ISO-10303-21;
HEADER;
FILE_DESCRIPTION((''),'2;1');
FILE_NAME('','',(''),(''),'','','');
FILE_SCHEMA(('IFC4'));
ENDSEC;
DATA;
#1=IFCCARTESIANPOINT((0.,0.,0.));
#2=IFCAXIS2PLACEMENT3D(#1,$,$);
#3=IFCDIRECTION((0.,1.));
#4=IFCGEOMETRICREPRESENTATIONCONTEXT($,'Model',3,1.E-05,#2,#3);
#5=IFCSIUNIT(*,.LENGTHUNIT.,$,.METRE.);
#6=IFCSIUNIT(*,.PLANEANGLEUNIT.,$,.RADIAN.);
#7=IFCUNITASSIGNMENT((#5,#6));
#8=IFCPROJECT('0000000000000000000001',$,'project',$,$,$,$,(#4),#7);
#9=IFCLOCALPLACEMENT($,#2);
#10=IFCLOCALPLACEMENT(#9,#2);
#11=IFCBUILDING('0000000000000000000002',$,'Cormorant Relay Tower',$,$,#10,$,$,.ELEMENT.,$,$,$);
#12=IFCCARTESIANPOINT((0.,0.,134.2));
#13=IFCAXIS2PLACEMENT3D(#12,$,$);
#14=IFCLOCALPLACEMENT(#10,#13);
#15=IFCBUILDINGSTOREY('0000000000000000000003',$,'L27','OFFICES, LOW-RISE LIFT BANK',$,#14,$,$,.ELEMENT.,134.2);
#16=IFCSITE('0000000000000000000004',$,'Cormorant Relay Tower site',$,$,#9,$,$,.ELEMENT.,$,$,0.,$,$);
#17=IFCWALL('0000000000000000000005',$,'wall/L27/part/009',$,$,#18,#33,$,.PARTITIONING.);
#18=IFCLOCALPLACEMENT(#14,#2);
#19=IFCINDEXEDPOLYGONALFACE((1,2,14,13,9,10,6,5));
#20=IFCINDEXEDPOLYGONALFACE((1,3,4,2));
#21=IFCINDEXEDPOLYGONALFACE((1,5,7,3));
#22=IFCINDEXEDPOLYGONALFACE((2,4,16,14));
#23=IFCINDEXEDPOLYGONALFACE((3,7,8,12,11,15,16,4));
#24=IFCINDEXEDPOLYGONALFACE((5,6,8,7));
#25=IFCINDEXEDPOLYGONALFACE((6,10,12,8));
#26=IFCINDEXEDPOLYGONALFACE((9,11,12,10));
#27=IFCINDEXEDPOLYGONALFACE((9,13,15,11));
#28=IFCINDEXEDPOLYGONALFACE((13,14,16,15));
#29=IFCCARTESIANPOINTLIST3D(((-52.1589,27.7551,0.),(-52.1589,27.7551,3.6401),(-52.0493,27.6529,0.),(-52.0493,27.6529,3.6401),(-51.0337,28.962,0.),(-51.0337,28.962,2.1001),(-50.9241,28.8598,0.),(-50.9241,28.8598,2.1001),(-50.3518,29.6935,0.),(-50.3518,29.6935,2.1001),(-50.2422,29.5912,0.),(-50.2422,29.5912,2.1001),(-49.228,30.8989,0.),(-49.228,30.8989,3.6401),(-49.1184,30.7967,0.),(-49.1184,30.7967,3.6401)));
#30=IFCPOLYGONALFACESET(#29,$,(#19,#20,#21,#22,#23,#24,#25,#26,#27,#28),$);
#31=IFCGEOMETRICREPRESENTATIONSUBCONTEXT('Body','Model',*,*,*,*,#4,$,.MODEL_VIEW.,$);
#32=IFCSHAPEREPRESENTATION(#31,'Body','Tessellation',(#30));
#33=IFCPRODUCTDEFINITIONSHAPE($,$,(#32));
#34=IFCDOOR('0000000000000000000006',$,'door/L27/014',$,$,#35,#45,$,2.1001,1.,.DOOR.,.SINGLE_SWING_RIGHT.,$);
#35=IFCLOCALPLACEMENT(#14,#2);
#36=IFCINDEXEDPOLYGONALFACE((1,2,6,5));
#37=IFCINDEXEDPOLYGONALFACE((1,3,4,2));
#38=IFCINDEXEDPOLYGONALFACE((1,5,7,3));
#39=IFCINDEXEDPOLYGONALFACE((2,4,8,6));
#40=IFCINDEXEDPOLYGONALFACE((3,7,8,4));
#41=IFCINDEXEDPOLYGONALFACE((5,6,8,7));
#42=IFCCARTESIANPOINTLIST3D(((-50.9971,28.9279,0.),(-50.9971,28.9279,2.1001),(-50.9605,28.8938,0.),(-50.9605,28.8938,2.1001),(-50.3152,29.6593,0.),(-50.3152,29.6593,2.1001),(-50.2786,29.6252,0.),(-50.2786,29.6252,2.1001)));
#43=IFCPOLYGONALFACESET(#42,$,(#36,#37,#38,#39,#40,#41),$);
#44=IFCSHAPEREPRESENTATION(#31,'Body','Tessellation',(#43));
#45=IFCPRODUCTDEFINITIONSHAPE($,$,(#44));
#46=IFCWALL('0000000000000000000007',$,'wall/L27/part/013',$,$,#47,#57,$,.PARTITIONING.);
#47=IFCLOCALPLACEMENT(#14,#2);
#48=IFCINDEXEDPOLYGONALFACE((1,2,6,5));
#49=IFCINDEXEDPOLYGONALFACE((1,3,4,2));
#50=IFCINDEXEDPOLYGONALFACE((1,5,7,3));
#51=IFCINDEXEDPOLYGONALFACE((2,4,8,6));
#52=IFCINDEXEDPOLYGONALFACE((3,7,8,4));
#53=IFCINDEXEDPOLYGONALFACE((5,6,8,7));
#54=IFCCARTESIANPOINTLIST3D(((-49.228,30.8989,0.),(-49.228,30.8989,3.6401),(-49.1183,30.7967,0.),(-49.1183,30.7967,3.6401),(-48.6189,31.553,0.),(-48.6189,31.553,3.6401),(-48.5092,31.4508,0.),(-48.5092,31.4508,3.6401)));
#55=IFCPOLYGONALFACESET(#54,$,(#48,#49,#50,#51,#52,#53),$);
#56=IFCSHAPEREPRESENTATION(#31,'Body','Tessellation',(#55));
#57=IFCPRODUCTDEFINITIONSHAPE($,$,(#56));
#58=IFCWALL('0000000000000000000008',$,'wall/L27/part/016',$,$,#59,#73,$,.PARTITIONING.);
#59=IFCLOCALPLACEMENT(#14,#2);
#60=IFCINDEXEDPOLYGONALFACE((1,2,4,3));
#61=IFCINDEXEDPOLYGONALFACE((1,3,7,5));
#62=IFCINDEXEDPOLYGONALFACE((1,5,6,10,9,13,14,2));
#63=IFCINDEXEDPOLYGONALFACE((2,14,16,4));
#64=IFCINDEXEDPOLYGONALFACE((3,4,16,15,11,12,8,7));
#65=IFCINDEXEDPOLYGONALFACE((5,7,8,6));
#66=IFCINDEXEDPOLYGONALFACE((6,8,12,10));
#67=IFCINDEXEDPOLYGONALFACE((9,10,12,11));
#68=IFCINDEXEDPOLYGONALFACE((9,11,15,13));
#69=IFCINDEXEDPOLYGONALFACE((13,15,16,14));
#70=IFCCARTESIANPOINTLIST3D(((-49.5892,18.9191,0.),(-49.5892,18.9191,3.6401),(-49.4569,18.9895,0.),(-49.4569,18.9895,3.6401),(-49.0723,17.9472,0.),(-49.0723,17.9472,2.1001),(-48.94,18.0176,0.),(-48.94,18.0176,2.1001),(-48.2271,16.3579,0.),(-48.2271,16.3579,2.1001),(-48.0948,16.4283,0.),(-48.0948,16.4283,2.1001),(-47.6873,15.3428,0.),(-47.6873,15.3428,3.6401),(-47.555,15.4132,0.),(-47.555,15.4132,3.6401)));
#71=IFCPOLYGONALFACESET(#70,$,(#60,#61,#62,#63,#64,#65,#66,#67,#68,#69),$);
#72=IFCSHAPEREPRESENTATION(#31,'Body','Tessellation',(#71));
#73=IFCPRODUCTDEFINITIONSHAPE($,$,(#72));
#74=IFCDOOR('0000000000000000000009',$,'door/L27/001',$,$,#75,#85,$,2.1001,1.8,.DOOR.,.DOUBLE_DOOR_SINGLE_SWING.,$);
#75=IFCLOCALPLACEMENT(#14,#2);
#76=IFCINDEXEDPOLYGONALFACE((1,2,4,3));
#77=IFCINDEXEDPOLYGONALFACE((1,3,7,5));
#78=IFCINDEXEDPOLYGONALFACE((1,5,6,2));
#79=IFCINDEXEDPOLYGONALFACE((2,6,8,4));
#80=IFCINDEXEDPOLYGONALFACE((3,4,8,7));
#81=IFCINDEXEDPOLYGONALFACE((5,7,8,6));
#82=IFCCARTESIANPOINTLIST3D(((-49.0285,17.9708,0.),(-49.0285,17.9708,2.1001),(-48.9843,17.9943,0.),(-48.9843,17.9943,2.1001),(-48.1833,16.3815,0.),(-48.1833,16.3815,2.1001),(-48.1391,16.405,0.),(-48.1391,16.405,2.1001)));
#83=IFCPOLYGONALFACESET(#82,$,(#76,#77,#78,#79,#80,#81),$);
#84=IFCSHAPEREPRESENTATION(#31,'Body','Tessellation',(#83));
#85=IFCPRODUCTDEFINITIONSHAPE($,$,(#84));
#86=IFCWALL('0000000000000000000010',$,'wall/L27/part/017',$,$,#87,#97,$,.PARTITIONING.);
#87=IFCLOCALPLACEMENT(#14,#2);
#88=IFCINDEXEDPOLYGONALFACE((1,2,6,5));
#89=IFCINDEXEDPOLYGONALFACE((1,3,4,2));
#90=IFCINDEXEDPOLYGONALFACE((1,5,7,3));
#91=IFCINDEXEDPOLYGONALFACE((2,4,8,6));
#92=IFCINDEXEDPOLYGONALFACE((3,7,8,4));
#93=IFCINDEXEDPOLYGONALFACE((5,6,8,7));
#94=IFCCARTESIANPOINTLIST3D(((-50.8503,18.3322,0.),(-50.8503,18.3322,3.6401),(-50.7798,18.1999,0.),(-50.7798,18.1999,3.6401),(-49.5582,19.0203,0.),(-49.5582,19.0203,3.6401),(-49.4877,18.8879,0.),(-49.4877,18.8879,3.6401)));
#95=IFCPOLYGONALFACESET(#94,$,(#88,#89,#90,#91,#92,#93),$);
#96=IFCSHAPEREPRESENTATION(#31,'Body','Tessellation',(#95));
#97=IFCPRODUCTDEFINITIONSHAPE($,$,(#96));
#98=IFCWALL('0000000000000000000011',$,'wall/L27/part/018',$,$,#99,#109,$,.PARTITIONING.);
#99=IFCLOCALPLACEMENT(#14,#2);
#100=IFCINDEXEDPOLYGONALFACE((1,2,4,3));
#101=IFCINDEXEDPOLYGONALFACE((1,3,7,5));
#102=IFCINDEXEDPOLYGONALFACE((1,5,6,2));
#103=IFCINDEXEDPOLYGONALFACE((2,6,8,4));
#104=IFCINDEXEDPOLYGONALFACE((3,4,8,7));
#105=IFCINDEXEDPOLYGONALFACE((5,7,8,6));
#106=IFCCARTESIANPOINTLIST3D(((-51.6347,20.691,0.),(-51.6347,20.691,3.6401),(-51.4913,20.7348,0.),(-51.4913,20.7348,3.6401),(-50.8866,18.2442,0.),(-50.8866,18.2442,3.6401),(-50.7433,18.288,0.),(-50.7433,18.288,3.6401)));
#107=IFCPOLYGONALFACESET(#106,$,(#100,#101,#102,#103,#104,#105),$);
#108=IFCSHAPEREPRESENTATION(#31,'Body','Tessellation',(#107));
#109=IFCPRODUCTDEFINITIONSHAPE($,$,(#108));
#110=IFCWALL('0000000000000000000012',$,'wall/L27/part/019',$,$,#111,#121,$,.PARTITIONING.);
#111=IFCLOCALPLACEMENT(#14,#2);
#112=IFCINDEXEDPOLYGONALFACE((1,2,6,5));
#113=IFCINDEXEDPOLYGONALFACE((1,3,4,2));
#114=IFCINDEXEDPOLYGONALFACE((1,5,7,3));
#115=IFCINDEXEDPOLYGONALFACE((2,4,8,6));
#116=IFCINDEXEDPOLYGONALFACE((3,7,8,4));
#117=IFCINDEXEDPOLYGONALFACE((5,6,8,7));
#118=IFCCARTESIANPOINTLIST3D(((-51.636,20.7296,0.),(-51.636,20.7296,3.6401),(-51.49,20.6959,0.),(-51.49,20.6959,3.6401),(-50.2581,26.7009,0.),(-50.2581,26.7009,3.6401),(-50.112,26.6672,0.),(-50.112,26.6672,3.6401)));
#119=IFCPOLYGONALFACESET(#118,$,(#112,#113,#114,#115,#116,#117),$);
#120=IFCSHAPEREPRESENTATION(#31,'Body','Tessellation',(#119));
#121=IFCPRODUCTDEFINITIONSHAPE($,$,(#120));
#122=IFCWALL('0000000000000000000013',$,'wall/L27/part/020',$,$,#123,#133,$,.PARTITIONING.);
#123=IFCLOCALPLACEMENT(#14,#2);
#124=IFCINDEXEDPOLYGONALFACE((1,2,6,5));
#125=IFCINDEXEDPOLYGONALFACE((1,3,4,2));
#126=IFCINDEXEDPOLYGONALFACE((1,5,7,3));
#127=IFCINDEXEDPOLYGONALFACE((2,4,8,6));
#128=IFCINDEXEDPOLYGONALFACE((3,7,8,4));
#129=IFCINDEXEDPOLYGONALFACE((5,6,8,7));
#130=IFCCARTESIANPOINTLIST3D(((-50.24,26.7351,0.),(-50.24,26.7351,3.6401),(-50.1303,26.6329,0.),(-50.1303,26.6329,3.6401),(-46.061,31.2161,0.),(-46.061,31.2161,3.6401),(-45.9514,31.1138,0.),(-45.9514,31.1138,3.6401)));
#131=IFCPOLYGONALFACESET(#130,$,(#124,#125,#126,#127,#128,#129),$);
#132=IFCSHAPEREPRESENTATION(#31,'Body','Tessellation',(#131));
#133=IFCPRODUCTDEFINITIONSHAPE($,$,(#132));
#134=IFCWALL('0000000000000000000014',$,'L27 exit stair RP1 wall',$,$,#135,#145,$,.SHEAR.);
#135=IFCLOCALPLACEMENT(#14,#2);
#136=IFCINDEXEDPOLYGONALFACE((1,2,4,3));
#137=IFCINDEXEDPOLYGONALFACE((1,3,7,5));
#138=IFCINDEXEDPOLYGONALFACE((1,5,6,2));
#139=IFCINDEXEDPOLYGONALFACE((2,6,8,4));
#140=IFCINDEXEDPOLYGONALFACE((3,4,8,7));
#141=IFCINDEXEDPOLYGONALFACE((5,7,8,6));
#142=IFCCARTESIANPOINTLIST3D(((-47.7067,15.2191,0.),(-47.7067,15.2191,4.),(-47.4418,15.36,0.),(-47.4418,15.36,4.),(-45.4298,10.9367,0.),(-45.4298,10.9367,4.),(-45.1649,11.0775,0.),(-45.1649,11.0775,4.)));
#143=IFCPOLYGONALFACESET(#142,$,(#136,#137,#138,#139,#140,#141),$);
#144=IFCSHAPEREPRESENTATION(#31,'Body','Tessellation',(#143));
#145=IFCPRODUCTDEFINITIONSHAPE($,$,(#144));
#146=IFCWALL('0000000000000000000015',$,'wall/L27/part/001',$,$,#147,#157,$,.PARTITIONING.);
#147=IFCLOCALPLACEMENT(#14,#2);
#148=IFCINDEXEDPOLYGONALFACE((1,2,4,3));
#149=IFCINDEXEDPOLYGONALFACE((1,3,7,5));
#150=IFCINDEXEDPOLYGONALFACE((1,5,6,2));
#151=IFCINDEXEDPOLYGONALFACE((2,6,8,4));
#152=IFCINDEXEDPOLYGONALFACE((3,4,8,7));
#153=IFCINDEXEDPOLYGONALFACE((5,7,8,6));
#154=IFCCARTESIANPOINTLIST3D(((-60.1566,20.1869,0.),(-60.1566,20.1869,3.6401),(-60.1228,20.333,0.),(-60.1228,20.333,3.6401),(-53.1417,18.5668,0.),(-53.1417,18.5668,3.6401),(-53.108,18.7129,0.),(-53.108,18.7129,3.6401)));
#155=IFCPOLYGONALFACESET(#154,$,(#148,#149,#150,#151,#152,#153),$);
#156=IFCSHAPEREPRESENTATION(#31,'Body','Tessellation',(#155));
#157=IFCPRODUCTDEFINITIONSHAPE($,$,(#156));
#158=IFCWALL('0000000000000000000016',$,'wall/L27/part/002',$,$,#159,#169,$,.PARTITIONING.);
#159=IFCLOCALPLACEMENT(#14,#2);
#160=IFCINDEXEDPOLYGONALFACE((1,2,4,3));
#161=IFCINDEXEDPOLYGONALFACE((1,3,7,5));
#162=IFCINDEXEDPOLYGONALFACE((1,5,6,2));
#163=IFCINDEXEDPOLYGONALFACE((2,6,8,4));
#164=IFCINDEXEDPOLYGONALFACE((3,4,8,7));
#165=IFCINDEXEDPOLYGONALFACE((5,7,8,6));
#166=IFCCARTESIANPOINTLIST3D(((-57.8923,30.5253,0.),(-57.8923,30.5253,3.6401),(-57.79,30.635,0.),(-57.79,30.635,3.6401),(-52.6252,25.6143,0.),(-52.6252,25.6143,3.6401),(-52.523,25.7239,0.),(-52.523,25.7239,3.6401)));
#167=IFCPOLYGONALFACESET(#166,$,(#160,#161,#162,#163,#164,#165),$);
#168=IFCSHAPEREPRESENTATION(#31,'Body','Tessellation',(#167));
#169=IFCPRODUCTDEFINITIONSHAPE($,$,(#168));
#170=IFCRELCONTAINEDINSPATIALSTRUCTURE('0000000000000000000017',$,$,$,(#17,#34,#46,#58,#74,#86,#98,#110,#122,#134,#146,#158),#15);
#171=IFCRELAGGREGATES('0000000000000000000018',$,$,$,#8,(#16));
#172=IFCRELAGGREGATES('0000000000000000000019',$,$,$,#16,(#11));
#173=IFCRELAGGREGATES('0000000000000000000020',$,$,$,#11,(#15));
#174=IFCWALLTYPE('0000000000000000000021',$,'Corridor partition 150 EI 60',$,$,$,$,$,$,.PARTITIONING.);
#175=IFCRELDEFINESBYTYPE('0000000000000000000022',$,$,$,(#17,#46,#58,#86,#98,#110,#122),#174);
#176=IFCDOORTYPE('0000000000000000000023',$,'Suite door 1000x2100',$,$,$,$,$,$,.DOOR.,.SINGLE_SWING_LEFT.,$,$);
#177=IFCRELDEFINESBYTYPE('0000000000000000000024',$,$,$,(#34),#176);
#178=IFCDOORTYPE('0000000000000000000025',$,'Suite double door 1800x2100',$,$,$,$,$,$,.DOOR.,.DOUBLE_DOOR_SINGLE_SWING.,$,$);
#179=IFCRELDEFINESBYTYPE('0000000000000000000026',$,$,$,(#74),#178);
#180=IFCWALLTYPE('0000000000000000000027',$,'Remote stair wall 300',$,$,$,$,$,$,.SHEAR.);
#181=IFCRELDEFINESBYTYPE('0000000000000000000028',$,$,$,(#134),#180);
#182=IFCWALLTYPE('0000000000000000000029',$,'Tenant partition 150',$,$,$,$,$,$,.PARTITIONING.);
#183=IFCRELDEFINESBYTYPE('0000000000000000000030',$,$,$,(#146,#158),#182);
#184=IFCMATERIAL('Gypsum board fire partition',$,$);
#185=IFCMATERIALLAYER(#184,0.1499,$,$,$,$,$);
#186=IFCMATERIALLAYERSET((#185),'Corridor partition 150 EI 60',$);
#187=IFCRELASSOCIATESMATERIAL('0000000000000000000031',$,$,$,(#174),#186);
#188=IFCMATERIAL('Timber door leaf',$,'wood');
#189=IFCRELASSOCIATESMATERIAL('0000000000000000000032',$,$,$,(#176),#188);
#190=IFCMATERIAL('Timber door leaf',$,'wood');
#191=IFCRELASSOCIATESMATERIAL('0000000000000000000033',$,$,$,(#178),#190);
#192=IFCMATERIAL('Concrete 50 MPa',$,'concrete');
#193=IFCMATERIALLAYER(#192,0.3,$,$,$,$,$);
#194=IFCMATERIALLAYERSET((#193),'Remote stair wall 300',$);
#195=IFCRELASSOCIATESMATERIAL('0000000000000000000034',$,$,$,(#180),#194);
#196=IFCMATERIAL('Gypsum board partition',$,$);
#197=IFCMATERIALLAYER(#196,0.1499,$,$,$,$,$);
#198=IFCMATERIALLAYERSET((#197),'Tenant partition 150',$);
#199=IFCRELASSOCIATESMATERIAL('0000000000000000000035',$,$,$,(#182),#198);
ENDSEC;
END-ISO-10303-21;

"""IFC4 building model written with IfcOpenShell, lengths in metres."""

from ifc_helpers import new_model, si_unit, direction, frame, frame_2d, origin, place, context, subcontext, project, spatial, rectangle, extrude, material, layer, layer_set, type_object, element, fill, save


model = new_model("IFC4")

# Units and contexts
model_context = context("Model", 3, precision=1e-05, world=origin(), true_north=direction((0.0, 1.0)))
body_context = subcontext(model_context, "Body", "Model", "MODEL_VIEW")
ifc_project = project(units=[si_unit("LENGTHUNIT", "METRE"), si_unit("PLANEANGLEUNIT", "RADIAN")], contexts=[model_context])

# Site, building, storey
site_placement = place(None, origin())
site = spatial("IfcSite", under=ifc_project, at=site_placement, Name="Cormorant Relay Tower site", CompositionType="ELEMENT", RefElevation=0.0)
building_placement = place(site_placement, origin())
building = spatial("IfcBuilding", under=site, at=building_placement, Name="Cormorant Relay Tower", CompositionType="ELEMENT")
storey_placement = place(building_placement, frame((0.0, 0.0, 134.2)))
storey = spatial("IfcBuildingStorey", under=building, at=storey_placement, Name="L27", Description="OFFICES, LOW-RISE LIFT BANK", CompositionType="ELEMENT", Elevation=134.2)

# Shared definitions
ifc_material_1 = material(Name="Gypsum board fire partition")
ifc_layer_1 = layer(ifc_material_1, 0.1499)
ifc_layer_set_1 = layer_set([ifc_layer_1], Name="Corridor partition 150 EI 60")
wall_type_1 = type_object("IfcWallType", Name="Corridor partition 150 EI 60", PredefinedType="PARTITIONING", material=ifc_layer_set_1)
ifc_material_2 = material(Name="Timber door leaf", Category="wood")
door_type_1 = type_object("IfcDoorType", Name="Suite door 1000x2100", OperationType="SINGLE_SWING_LEFT", PredefinedType="DOOR", material=ifc_material_2)

# Wall, opening, door
wall_1_placement = place(storey_placement, frame((-52.104, 27.7041, 0.0), z_axis=(0.0, 0.0, 1.0), x_axis=(0.681907, 0.731439, 0.0)))
wall_1 = element("IfcWall", 1, at=wall_1_placement, inside=storey, type_object=wall_type_1, Name="wall/L27/part/009", PredefinedType="PARTITIONING", context=body_context, shape_type="SweptSolid", body=[
    extrude(rectangle(XDim=4.2981, YDim=0.1499, at=frame_2d((2.1489, 0.0))), origin(), (0.0, 0.0, 1.0), 3.6401),
])
opening_1_placement = place(wall_1_placement, frame((1.6499, 0.0, 0.0)))
opening_1 = element("IfcOpeningElement", 2, at=opening_1_placement, cuts=wall_1, PredefinedType="OPENING", context=body_context, shape_type="SweptSolid", body=[
    extrude(rectangle(XDim=1.0, YDim=2.1001, at=frame_2d((0.5, 1.05))), frame((0.0, 0.085, 0.0), z_axis=(0.0, -1.0, 0.0), x_axis=(1.0, 0.0, 0.0)), (0.0, 0.0, 1.0), 0.1699),
])
door_1_placement = place(opening_1_placement, origin())
door_1 = element("IfcDoor", 3, at=door_1_placement, inside=storey, type_object=door_type_1, Name="door/L27/014", OperationType="SINGLE_SWING_RIGHT", OverallHeight=2.1001, OverallWidth=1.0, PredefinedType="DOOR", context=body_context, shape_type="SweptSolid", body=[
    extrude(rectangle(XDim=1.0, YDim=2.1001, at=frame_2d((0.5, 1.05))), frame((0.0, 0.0249, 0.0), z_axis=(0.0, -1.0, 0.0), x_axis=(1.0, 0.0, 0.0)), (0.0, 0.0, 1.0), 0.05),
])
fill(opening_1, door_1)

# Wall
wall_2_placement = place(storey_placement, frame((-49.1731, 30.8479, 0.0), z_axis=(0.0, 0.0, 1.0), x_axis=(0.68153, 0.731791, 0.0)))
element("IfcWall", 4, at=wall_2_placement, inside=storey, type_object=wall_type_1, Name="wall/L27/part/013", PredefinedType="PARTITIONING", context=body_context, shape_type="SweptSolid", body=[
    extrude(rectangle(XDim=0.8938, YDim=0.1499, at=frame_2d((0.4468, 0.0))), origin(), (0.0, 0.0, 1.0), 3.6401),
])

# Wall, opening, door
wall_3_placement = place(storey_placement, frame((-47.6211, 15.3779, 0.0), z_axis=(0.0, 0.0, 1.0), x_axis=(-0.469543, 0.88291, 0.0)))
wall_3 = element("IfcWall", 5, at=wall_3_placement, inside=storey, type_object=wall_type_1, Name="wall/L27/part/016", PredefinedType="PARTITIONING", context=body_context, shape_type="SweptSolid", body=[
    extrude(rectangle(XDim=4.0505, YDim=0.1499, at=frame_2d((2.0254, 0.0))), origin(), (0.0, 0.0, 1.0), 3.6401),
])
opening_2_placement = place(wall_3_placement, frame((1.1499, 0.0, 0.0)))
opening_2 = element("IfcOpeningElement", 6, at=opening_2_placement, cuts=wall_3, PredefinedType="OPENING", context=body_context, shape_type="SweptSolid", body=[
    extrude(rectangle(XDim=1.8, YDim=2.1001, at=frame_2d((0.8999, 1.05))), frame((0.0, 0.085, 0.0), z_axis=(0.0, -1.0, 0.0), x_axis=(1.0, 0.0, 0.0)), (0.0, 0.0, 1.0), 0.1699),
])
ifc_material_3 = material(Name="Timber door leaf", Category="wood")
door_type_2 = type_object("IfcDoorType", Name="Suite double door 1800x2100", OperationType="DOUBLE_DOOR_SINGLE_SWING", PredefinedType="DOOR", material=ifc_material_3)
door_2_placement = place(opening_2_placement, frame((1.8, 0.0, 0.0), z_axis=(0.0, 0.0, 1.0), x_axis=(-1.0, 0.0, 0.0)))
door_2 = element("IfcDoor", 7, at=door_2_placement, inside=storey, type_object=door_type_2, Name="door/L27/001", OperationType="DOUBLE_DOOR_SINGLE_SWING", OverallHeight=2.1001, OverallWidth=1.8, PredefinedType="DOOR", context=body_context, shape_type="SweptSolid", body=[
    extrude(rectangle(XDim=1.8, YDim=2.1001, at=frame_2d((0.8999, 1.05))), frame((0.0, 0.0249, 0.0), z_axis=(0.0, -1.0, 0.0), x_axis=(1.0, 0.0, 0.0)), (0.0, 0.0, 1.0), 0.05),
])
fill(opening_2, door_2)

# Walls
wall_4_placement = place(storey_placement, frame((-49.5229, 18.9541, 0.0), z_axis=(0.0, 0.0, 1.0), x_axis=(-0.882657, -0.470017, 0.0)))
element("IfcWall", 8, at=wall_4_placement, inside=storey, type_object=wall_type_1, Name="wall/L27/part/017", PredefinedType="PARTITIONING", context=body_context, shape_type="SweptSolid", body=[
    extrude(rectangle(XDim=1.4639, YDim=0.1499, at=frame_2d((0.7319, 0.0))), origin(), (0.0, 0.0, 1.0), 3.6401),
])
wall_5_placement = place(storey_placement, frame((-50.8149, 18.2661, 0.0), z_axis=(0.0, 0.0, 1.0), x_axis=(-0.292369, 0.956306, 0.0)))
element("IfcWall", 9, at=wall_5_placement, inside=storey, type_object=wall_type_1, Name="wall/L27/part/018", PredefinedType="PARTITIONING", context=body_context, shape_type="SweptSolid", body=[
    extrude(rectangle(XDim=2.5586, YDim=0.1499, at=frame_2d((1.2793, 0.0))), origin(), (0.0, 0.0, 1.0), 3.6401),
])
wall_6_placement = place(storey_placement, frame((-51.563, 20.7129, 0.0), z_axis=(0.0, 0.0, 1.0), x_axis=(0.224854, 0.974393, 0.0)))
element("IfcWall", 10, at=wall_6_placement, inside=storey, type_object=wall_type_1, Name="wall/L27/part/019", PredefinedType="PARTITIONING", context=body_context, shape_type="SweptSolid", body=[
    extrude(rectangle(XDim=6.1282, YDim=0.1499, at=frame_2d((3.064, 0.0))), origin(), (0.0, 0.0, 1.0), 3.6401),
])
wall_7_placement = place(storey_placement, frame((-50.1851, 26.6841, 0.0), z_axis=(0.0, 0.0, 1.0), x_axis=(0.682033, 0.731322, 0.0)))
element("IfcWall", 11, at=wall_7_placement, inside=storey, type_object=wall_type_1, Name="wall/L27/part/020", PredefinedType="PARTITIONING", context=body_context, shape_type="SweptSolid", body=[
    extrude(rectangle(XDim=6.1272, YDim=0.1499, at=frame_2d((3.0635, 0.0))), origin(), (0.0, 0.0, 1.0), 3.6401),
])
ifc_material_4 = material(Name="Concrete 50 MPa", Category="concrete")
ifc_layer_2 = layer(ifc_material_4, 0.3)
ifc_layer_set_2 = layer_set([ifc_layer_2], Name="Remote stair wall 300")
wall_type_2 = type_object("IfcWallType", Name="Remote stair wall 300", PredefinedType="SHEAR", material=ifc_layer_set_2)
wall_8_placement = place(storey_placement, frame((-47.5742, 15.2896, 0.0), z_axis=(0.0, 0.0, 1.0), x_axis=(0.469443, -0.882963, 0.0)))
element("IfcWall", 12, at=wall_8_placement, inside=storey, type_object=wall_type_2, Name="L27 exit stair RP1 wall", PredefinedType="SHEAR", context=body_context, shape_type="SweptSolid", body=[
    extrude(rectangle(XDim=4.8501, YDim=0.3, at=frame_2d((2.425, 0.0))), origin(), (0.0, 0.0, 1.0), 4.0),
])
ifc_material_5 = material(Name="Gypsum board partition")
ifc_layer_3 = layer(ifc_material_5, 0.1499)
ifc_layer_set_3 = layer_set([ifc_layer_3], Name="Tenant partition 150")
wall_type_3 = type_object("IfcWallType", Name="Tenant partition 150", PredefinedType="PARTITIONING", material=ifc_layer_set_3)
wall_9_placement = place(storey_placement, frame((-53.125, 18.6399, 0.0), z_axis=(0.0, 0.0, 1.0), x_axis=(-0.974352, 0.22503, 0.0)))
element("IfcWall", 13, at=wall_9_placement, inside=storey, type_object=wall_type_3, Name="wall/L27/part/001", PredefinedType="PARTITIONING", context=body_context, shape_type="SweptSolid", body=[
    extrude(rectangle(XDim=7.1995, YDim=0.1499, at=frame_2d((3.5996, 0.0))), origin(), (0.0, 0.0, 1.0), 3.6401),
])
wall_10_placement = place(storey_placement, frame((-57.8411, 30.5801, 0.0), z_axis=(0.0, 0.0, 1.0), x_axis=(0.731389, -0.681961, 0.0)))
element("IfcWall", 14, at=wall_10_placement, inside=storey, type_object=wall_type_3, Name="wall/L27/part/002", PredefinedType="PARTITIONING", context=body_context, shape_type="SweptSolid", body=[
    extrude(rectangle(XDim=7.2014, YDim=0.1499, at=frame_2d((3.6006, 0.0))), origin(), (0.0, 0.0, 1.0), 3.6401),
])

save(model, "model.ifc")
